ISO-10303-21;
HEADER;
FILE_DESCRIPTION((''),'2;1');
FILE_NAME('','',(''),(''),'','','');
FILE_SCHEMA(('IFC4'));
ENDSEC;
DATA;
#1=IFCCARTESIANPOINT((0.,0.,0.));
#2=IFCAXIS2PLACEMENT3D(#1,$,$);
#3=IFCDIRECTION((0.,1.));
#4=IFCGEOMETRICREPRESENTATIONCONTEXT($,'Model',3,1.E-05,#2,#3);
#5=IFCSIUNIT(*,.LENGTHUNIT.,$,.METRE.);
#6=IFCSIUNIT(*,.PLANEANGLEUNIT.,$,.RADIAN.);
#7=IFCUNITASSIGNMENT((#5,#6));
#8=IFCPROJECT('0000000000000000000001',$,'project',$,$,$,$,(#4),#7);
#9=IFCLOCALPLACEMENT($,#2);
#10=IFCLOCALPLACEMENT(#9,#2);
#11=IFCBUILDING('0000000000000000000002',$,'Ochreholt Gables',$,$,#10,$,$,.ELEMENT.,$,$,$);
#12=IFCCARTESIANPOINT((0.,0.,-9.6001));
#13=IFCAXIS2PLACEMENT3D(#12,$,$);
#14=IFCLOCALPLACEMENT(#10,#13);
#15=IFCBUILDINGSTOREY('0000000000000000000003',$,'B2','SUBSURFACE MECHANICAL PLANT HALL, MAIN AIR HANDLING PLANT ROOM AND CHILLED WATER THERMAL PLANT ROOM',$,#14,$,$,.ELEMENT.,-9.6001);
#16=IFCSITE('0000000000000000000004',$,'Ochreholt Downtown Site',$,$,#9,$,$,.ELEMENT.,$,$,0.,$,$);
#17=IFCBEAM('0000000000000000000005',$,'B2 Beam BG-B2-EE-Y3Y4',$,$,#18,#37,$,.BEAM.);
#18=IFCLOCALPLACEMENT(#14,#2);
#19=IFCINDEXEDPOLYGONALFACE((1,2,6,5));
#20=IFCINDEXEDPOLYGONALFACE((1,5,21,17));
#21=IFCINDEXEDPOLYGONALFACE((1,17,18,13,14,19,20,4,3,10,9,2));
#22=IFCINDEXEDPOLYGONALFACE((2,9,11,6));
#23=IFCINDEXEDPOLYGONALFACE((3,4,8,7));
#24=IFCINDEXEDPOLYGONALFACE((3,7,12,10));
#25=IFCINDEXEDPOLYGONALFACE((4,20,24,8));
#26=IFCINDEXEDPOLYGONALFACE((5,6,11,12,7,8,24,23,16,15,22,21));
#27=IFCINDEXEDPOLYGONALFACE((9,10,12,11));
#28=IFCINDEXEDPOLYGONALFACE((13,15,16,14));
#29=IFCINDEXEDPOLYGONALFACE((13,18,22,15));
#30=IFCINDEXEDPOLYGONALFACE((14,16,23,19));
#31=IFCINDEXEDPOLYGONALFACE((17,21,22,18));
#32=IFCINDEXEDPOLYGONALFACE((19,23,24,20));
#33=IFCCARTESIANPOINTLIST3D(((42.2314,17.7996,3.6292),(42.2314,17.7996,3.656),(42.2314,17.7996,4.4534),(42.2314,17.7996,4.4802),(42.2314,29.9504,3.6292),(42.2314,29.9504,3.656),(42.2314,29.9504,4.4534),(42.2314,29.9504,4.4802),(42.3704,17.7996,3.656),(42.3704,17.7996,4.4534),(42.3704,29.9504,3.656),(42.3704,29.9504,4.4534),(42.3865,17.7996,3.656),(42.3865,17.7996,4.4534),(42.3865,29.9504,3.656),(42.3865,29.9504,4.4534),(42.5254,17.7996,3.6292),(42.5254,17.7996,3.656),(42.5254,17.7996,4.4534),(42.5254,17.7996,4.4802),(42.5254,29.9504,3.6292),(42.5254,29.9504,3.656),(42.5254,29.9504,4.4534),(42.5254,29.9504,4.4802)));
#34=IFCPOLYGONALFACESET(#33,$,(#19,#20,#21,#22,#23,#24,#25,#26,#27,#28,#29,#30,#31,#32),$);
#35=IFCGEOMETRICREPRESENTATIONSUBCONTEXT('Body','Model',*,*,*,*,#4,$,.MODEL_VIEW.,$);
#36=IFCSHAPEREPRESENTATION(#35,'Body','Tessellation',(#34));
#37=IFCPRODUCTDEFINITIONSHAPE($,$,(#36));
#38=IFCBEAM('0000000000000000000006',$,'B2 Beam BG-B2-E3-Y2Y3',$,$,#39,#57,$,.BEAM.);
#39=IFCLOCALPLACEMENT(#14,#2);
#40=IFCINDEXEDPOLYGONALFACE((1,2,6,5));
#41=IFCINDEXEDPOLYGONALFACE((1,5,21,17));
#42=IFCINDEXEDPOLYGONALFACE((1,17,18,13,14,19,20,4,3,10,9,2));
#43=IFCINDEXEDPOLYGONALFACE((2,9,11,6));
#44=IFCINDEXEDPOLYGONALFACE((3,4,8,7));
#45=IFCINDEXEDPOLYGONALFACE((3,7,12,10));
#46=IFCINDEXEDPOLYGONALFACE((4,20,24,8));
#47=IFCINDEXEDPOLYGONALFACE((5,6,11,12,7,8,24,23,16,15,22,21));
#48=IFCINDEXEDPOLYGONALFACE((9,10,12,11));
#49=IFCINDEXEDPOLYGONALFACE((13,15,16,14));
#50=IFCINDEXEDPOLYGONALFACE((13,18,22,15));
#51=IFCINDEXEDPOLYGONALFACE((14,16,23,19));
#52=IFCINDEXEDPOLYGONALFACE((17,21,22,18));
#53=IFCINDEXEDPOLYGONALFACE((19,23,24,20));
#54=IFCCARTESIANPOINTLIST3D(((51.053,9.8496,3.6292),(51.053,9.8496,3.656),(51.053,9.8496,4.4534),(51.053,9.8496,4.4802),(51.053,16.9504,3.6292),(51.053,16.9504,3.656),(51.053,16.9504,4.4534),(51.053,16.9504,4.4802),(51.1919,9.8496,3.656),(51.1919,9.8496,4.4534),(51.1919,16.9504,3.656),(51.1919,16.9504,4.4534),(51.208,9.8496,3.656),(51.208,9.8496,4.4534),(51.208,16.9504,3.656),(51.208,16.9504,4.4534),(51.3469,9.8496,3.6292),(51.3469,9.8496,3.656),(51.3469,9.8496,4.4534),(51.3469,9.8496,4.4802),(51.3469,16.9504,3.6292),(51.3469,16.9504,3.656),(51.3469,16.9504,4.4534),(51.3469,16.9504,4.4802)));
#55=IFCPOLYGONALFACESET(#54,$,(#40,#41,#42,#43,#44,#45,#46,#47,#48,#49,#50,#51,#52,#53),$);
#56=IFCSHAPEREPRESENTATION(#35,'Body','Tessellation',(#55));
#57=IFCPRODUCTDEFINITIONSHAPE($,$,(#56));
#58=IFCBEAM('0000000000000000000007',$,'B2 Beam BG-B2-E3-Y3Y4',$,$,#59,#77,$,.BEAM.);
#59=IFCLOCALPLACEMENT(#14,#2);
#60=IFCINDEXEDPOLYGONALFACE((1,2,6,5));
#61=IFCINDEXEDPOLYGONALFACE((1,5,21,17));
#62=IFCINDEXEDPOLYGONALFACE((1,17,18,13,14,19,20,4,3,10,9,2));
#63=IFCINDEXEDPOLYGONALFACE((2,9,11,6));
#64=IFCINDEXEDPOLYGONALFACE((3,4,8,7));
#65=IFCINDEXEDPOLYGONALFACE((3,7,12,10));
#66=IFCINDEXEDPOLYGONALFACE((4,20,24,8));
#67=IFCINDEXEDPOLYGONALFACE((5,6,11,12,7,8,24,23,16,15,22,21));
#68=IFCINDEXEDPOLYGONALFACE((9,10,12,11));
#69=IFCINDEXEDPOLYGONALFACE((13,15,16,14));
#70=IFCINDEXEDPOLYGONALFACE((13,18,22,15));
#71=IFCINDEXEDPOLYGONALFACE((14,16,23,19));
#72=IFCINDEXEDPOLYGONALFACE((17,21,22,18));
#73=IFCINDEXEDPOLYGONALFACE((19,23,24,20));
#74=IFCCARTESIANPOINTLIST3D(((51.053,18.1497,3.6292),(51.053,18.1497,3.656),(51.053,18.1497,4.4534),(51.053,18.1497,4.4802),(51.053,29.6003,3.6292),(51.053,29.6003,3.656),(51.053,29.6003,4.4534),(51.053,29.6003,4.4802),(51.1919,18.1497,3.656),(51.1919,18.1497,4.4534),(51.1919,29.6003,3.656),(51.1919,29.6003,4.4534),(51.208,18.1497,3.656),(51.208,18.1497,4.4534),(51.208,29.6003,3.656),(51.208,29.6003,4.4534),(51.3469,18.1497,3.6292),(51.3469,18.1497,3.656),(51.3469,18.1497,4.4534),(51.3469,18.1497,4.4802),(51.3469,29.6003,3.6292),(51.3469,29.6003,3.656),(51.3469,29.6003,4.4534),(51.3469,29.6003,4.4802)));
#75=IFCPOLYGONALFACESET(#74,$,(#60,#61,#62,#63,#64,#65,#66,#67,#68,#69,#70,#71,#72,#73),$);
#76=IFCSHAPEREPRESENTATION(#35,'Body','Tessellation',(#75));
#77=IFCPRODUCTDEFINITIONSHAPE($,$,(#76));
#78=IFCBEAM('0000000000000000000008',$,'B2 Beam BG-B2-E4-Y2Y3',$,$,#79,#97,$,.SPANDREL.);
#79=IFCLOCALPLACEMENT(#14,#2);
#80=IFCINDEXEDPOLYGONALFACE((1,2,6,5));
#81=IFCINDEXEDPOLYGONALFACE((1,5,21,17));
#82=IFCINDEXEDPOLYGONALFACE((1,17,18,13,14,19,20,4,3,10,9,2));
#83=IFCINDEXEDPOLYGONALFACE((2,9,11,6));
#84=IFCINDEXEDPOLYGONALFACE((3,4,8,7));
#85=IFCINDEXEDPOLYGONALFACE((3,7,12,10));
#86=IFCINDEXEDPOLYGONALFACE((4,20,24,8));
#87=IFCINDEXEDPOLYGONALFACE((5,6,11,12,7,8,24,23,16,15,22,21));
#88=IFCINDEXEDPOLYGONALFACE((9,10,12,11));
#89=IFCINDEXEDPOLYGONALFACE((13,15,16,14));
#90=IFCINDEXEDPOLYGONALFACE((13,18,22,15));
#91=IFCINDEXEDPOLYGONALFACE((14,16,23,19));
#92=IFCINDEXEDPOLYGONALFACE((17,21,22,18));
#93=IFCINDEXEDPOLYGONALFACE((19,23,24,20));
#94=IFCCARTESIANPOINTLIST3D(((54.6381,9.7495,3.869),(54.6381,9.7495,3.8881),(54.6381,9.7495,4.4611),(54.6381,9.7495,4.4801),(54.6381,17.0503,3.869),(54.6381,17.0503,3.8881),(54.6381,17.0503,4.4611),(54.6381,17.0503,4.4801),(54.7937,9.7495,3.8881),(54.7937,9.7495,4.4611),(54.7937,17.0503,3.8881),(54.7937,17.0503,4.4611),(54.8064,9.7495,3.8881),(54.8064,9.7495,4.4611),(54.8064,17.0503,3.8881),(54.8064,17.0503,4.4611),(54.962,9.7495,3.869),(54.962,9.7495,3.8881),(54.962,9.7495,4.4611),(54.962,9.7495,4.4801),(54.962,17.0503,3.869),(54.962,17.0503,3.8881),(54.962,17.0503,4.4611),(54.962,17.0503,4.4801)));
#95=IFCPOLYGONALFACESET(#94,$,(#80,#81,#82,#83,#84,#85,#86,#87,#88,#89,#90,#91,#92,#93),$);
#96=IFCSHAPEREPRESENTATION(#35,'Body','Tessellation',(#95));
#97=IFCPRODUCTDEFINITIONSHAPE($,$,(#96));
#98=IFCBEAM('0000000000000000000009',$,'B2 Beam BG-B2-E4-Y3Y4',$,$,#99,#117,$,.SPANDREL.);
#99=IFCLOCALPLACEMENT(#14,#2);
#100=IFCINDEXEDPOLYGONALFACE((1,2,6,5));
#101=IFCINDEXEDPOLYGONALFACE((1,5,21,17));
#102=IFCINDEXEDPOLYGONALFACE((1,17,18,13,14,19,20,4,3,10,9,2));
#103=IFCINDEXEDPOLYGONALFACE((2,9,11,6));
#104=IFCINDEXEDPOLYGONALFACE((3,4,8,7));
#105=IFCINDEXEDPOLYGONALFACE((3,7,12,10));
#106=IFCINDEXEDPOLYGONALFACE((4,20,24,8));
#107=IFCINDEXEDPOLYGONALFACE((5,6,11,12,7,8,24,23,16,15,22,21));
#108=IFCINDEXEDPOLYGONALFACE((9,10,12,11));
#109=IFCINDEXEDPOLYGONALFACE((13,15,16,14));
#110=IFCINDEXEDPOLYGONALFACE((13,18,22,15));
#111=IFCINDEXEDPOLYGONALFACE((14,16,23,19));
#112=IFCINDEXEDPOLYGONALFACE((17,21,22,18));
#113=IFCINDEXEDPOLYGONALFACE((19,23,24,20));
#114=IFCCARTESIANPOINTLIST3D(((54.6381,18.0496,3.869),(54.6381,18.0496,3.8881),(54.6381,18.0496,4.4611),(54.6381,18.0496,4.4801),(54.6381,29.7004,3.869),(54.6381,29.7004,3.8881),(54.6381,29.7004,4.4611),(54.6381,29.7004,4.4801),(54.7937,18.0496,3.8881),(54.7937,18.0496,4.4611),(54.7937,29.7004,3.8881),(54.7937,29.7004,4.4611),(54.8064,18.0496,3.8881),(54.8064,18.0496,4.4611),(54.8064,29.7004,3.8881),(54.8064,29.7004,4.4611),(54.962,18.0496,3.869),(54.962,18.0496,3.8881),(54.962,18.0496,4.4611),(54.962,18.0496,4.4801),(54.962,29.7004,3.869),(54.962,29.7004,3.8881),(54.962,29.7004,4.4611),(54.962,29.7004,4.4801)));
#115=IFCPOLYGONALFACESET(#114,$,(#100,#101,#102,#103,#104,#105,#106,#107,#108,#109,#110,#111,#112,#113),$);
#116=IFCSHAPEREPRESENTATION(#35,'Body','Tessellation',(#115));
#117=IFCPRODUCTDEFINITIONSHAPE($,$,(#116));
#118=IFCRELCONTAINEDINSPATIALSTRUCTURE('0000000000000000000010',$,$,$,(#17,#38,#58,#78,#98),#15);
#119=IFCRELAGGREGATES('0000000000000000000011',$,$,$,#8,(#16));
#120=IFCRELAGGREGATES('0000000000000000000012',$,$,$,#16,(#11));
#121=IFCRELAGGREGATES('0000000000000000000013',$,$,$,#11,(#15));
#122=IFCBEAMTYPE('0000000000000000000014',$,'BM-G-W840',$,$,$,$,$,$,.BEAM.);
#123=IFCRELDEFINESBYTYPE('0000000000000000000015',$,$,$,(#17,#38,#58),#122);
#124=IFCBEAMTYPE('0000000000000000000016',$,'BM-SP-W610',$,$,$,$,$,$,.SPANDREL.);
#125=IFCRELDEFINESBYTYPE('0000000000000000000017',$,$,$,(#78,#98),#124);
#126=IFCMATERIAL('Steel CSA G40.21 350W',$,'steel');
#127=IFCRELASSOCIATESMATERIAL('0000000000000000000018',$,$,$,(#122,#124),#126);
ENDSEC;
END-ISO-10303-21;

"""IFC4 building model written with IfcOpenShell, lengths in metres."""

from ifc_helpers import new_model, si_unit, direction, frame, origin, origin_2d, place, context, subcontext, project, spatial, i_section, extrude, material, material_profile, profile_set, type_object, element, save


model = new_model("IFC4")

# Units and contexts
model_context = context("Model", 3, precision=1e-05, world=origin(), true_north=direction((0.0, 1.0)))
body_context = subcontext(model_context, "Body", "Model", "MODEL_VIEW")
ifc_project = project(units=[si_unit("LENGTHUNIT", "METRE"), si_unit("PLANEANGLEUNIT", "RADIAN")], contexts=[model_context])

# Site, building, storey
site_placement = place(None, origin())
site = spatial("IfcSite", under=ifc_project, at=site_placement, Name="Ochreholt Downtown Site", CompositionType="ELEMENT", RefElevation=0.0)
building_placement = place(site_placement, origin())
building = spatial("IfcBuilding", under=site, at=building_placement, Name="Ochreholt Gables", CompositionType="ELEMENT")
storey_placement = place(building_placement, frame((0.0, 0.0, -9.6001)))
storey = spatial("IfcBuildingStorey", under=building, at=storey_placement, Name="B2", Description="SUBSURFACE MECHANICAL PLANT HALL, MAIN AIR HANDLING PLANT ROOM AND CHILLED WATER THERMAL PLANT ROOM", CompositionType="ELEMENT", Elevation=-9.6001)

# Shared definitions
ifc_material_1 = material(Name="Steel CSA G40.21 350W", Category="steel")

# Beams
ifc_material_profile_1 = material_profile(ifc_material_1, i_section(OverallWidth=0.2939, OverallDepth=0.8511, WebThickness=0.0161, FlangeThickness=0.0269, at=origin_2d()), Name="W840X226")
ifc_profile_set_1 = profile_set([ifc_material_profile_1], Name="Steel CSA G40.21 350W")
beam_type_1 = type_object("IfcBeamType", Name="BM-G-W840", PredefinedType="BEAM", material=ifc_profile_set_1)
for number, where, z_axis, x_axis, name in (
    (1, (42.3784, 17.7996, 4.0547), (0.0, 1.0, 0.0), (-1.0, 0.0, 0.0), "B2 Beam BG-B2-EE-Y3Y4"),
):
    element("IfcBeam", number, at=place(storey_placement, frame(where, z_axis=z_axis, x_axis=x_axis)), inside=storey, type_object=beam_type_1, Name=name, PredefinedType="BEAM", context=body_context, shape_type="SweptSolid", body=[
        extrude(i_section(OverallWidth=0.2939, OverallDepth=0.8511, WebThickness=0.0161, FlangeThickness=0.0269, at=origin_2d()), origin(), (0.0, 0.0, 1.0), 12.1509),
    ])
beam_1_placement = place(storey_placement, frame((51.2, 9.8496, 4.0547), z_axis=(0.0, 1.0, 0.0), x_axis=(-1.0, 0.0, 0.0)))
element("IfcBeam", 2, at=beam_1_placement, inside=storey, type_object=beam_type_1, Name="B2 Beam BG-B2-E3-Y2Y3", PredefinedType="BEAM", context=body_context, shape_type="SweptSolid", body=[
    extrude(i_section(OverallWidth=0.2939, OverallDepth=0.8511, WebThickness=0.0161, FlangeThickness=0.0269, at=origin_2d()), origin(), (0.0, 0.0, 1.0), 7.1008),
])
beam_2_placement = place(storey_placement, frame((51.2, 18.1497, 4.0547), z_axis=(0.0, 1.0, 0.0), x_axis=(-1.0, 0.0, 0.0)))
element("IfcBeam", 3, at=beam_2_placement, inside=storey, type_object=beam_type_1, Name="B2 Beam BG-B2-E3-Y3Y4", PredefinedType="BEAM", context=body_context, shape_type="SweptSolid", body=[
    extrude(i_section(OverallWidth=0.2939, OverallDepth=0.8511, WebThickness=0.0161, FlangeThickness=0.0269, at=origin_2d()), origin(), (0.0, 0.0, 1.0), 11.4507),
])
ifc_material_profile_2 = material_profile(ifc_material_1, i_section(OverallWidth=0.324, OverallDepth=0.6111, WebThickness=0.0127, FlangeThickness=0.019, at=origin_2d()), Name="W610X155")
ifc_profile_set_2 = profile_set([ifc_material_profile_2], Name="Steel CSA G40.21 350W")
beam_type_2 = type_object("IfcBeamType", Name="BM-SP-W610", PredefinedType="SPANDREL", material=ifc_profile_set_2)
beam_3_placement = place(storey_placement, frame((54.8, 9.7495, 4.1746), z_axis=(0.0, 1.0, 0.0), x_axis=(-1.0, 0.0, 0.0)))
element("IfcBeam", 4, at=beam_3_placement, inside=storey, type_object=beam_type_2, Name="B2 Beam BG-B2-E4-Y2Y3", PredefinedType="SPANDREL", context=body_context, shape_type="SweptSolid", body=[
    extrude(i_section(OverallWidth=0.324, OverallDepth=0.6111, WebThickness=0.0127, FlangeThickness=0.019, at=origin_2d()), origin(), (0.0, 0.0, 1.0), 7.3008),
])
beam_4_placement = place(storey_placement, frame((54.8, 18.0496, 4.1746), z_axis=(0.0, 1.0, 0.0), x_axis=(-1.0, 0.0, 0.0)))
element("IfcBeam", 5, at=beam_4_placement, inside=storey, type_object=beam_type_2, Name="B2 Beam BG-B2-E4-Y3Y4", PredefinedType="SPANDREL", context=body_context, shape_type="SweptSolid", body=[
    extrude(i_section(OverallWidth=0.324, OverallDepth=0.6111, WebThickness=0.0127, FlangeThickness=0.019, at=origin_2d()), origin(), (0.0, 0.0, 1.0), 11.6509),
])

save(model, "model.ifc")
